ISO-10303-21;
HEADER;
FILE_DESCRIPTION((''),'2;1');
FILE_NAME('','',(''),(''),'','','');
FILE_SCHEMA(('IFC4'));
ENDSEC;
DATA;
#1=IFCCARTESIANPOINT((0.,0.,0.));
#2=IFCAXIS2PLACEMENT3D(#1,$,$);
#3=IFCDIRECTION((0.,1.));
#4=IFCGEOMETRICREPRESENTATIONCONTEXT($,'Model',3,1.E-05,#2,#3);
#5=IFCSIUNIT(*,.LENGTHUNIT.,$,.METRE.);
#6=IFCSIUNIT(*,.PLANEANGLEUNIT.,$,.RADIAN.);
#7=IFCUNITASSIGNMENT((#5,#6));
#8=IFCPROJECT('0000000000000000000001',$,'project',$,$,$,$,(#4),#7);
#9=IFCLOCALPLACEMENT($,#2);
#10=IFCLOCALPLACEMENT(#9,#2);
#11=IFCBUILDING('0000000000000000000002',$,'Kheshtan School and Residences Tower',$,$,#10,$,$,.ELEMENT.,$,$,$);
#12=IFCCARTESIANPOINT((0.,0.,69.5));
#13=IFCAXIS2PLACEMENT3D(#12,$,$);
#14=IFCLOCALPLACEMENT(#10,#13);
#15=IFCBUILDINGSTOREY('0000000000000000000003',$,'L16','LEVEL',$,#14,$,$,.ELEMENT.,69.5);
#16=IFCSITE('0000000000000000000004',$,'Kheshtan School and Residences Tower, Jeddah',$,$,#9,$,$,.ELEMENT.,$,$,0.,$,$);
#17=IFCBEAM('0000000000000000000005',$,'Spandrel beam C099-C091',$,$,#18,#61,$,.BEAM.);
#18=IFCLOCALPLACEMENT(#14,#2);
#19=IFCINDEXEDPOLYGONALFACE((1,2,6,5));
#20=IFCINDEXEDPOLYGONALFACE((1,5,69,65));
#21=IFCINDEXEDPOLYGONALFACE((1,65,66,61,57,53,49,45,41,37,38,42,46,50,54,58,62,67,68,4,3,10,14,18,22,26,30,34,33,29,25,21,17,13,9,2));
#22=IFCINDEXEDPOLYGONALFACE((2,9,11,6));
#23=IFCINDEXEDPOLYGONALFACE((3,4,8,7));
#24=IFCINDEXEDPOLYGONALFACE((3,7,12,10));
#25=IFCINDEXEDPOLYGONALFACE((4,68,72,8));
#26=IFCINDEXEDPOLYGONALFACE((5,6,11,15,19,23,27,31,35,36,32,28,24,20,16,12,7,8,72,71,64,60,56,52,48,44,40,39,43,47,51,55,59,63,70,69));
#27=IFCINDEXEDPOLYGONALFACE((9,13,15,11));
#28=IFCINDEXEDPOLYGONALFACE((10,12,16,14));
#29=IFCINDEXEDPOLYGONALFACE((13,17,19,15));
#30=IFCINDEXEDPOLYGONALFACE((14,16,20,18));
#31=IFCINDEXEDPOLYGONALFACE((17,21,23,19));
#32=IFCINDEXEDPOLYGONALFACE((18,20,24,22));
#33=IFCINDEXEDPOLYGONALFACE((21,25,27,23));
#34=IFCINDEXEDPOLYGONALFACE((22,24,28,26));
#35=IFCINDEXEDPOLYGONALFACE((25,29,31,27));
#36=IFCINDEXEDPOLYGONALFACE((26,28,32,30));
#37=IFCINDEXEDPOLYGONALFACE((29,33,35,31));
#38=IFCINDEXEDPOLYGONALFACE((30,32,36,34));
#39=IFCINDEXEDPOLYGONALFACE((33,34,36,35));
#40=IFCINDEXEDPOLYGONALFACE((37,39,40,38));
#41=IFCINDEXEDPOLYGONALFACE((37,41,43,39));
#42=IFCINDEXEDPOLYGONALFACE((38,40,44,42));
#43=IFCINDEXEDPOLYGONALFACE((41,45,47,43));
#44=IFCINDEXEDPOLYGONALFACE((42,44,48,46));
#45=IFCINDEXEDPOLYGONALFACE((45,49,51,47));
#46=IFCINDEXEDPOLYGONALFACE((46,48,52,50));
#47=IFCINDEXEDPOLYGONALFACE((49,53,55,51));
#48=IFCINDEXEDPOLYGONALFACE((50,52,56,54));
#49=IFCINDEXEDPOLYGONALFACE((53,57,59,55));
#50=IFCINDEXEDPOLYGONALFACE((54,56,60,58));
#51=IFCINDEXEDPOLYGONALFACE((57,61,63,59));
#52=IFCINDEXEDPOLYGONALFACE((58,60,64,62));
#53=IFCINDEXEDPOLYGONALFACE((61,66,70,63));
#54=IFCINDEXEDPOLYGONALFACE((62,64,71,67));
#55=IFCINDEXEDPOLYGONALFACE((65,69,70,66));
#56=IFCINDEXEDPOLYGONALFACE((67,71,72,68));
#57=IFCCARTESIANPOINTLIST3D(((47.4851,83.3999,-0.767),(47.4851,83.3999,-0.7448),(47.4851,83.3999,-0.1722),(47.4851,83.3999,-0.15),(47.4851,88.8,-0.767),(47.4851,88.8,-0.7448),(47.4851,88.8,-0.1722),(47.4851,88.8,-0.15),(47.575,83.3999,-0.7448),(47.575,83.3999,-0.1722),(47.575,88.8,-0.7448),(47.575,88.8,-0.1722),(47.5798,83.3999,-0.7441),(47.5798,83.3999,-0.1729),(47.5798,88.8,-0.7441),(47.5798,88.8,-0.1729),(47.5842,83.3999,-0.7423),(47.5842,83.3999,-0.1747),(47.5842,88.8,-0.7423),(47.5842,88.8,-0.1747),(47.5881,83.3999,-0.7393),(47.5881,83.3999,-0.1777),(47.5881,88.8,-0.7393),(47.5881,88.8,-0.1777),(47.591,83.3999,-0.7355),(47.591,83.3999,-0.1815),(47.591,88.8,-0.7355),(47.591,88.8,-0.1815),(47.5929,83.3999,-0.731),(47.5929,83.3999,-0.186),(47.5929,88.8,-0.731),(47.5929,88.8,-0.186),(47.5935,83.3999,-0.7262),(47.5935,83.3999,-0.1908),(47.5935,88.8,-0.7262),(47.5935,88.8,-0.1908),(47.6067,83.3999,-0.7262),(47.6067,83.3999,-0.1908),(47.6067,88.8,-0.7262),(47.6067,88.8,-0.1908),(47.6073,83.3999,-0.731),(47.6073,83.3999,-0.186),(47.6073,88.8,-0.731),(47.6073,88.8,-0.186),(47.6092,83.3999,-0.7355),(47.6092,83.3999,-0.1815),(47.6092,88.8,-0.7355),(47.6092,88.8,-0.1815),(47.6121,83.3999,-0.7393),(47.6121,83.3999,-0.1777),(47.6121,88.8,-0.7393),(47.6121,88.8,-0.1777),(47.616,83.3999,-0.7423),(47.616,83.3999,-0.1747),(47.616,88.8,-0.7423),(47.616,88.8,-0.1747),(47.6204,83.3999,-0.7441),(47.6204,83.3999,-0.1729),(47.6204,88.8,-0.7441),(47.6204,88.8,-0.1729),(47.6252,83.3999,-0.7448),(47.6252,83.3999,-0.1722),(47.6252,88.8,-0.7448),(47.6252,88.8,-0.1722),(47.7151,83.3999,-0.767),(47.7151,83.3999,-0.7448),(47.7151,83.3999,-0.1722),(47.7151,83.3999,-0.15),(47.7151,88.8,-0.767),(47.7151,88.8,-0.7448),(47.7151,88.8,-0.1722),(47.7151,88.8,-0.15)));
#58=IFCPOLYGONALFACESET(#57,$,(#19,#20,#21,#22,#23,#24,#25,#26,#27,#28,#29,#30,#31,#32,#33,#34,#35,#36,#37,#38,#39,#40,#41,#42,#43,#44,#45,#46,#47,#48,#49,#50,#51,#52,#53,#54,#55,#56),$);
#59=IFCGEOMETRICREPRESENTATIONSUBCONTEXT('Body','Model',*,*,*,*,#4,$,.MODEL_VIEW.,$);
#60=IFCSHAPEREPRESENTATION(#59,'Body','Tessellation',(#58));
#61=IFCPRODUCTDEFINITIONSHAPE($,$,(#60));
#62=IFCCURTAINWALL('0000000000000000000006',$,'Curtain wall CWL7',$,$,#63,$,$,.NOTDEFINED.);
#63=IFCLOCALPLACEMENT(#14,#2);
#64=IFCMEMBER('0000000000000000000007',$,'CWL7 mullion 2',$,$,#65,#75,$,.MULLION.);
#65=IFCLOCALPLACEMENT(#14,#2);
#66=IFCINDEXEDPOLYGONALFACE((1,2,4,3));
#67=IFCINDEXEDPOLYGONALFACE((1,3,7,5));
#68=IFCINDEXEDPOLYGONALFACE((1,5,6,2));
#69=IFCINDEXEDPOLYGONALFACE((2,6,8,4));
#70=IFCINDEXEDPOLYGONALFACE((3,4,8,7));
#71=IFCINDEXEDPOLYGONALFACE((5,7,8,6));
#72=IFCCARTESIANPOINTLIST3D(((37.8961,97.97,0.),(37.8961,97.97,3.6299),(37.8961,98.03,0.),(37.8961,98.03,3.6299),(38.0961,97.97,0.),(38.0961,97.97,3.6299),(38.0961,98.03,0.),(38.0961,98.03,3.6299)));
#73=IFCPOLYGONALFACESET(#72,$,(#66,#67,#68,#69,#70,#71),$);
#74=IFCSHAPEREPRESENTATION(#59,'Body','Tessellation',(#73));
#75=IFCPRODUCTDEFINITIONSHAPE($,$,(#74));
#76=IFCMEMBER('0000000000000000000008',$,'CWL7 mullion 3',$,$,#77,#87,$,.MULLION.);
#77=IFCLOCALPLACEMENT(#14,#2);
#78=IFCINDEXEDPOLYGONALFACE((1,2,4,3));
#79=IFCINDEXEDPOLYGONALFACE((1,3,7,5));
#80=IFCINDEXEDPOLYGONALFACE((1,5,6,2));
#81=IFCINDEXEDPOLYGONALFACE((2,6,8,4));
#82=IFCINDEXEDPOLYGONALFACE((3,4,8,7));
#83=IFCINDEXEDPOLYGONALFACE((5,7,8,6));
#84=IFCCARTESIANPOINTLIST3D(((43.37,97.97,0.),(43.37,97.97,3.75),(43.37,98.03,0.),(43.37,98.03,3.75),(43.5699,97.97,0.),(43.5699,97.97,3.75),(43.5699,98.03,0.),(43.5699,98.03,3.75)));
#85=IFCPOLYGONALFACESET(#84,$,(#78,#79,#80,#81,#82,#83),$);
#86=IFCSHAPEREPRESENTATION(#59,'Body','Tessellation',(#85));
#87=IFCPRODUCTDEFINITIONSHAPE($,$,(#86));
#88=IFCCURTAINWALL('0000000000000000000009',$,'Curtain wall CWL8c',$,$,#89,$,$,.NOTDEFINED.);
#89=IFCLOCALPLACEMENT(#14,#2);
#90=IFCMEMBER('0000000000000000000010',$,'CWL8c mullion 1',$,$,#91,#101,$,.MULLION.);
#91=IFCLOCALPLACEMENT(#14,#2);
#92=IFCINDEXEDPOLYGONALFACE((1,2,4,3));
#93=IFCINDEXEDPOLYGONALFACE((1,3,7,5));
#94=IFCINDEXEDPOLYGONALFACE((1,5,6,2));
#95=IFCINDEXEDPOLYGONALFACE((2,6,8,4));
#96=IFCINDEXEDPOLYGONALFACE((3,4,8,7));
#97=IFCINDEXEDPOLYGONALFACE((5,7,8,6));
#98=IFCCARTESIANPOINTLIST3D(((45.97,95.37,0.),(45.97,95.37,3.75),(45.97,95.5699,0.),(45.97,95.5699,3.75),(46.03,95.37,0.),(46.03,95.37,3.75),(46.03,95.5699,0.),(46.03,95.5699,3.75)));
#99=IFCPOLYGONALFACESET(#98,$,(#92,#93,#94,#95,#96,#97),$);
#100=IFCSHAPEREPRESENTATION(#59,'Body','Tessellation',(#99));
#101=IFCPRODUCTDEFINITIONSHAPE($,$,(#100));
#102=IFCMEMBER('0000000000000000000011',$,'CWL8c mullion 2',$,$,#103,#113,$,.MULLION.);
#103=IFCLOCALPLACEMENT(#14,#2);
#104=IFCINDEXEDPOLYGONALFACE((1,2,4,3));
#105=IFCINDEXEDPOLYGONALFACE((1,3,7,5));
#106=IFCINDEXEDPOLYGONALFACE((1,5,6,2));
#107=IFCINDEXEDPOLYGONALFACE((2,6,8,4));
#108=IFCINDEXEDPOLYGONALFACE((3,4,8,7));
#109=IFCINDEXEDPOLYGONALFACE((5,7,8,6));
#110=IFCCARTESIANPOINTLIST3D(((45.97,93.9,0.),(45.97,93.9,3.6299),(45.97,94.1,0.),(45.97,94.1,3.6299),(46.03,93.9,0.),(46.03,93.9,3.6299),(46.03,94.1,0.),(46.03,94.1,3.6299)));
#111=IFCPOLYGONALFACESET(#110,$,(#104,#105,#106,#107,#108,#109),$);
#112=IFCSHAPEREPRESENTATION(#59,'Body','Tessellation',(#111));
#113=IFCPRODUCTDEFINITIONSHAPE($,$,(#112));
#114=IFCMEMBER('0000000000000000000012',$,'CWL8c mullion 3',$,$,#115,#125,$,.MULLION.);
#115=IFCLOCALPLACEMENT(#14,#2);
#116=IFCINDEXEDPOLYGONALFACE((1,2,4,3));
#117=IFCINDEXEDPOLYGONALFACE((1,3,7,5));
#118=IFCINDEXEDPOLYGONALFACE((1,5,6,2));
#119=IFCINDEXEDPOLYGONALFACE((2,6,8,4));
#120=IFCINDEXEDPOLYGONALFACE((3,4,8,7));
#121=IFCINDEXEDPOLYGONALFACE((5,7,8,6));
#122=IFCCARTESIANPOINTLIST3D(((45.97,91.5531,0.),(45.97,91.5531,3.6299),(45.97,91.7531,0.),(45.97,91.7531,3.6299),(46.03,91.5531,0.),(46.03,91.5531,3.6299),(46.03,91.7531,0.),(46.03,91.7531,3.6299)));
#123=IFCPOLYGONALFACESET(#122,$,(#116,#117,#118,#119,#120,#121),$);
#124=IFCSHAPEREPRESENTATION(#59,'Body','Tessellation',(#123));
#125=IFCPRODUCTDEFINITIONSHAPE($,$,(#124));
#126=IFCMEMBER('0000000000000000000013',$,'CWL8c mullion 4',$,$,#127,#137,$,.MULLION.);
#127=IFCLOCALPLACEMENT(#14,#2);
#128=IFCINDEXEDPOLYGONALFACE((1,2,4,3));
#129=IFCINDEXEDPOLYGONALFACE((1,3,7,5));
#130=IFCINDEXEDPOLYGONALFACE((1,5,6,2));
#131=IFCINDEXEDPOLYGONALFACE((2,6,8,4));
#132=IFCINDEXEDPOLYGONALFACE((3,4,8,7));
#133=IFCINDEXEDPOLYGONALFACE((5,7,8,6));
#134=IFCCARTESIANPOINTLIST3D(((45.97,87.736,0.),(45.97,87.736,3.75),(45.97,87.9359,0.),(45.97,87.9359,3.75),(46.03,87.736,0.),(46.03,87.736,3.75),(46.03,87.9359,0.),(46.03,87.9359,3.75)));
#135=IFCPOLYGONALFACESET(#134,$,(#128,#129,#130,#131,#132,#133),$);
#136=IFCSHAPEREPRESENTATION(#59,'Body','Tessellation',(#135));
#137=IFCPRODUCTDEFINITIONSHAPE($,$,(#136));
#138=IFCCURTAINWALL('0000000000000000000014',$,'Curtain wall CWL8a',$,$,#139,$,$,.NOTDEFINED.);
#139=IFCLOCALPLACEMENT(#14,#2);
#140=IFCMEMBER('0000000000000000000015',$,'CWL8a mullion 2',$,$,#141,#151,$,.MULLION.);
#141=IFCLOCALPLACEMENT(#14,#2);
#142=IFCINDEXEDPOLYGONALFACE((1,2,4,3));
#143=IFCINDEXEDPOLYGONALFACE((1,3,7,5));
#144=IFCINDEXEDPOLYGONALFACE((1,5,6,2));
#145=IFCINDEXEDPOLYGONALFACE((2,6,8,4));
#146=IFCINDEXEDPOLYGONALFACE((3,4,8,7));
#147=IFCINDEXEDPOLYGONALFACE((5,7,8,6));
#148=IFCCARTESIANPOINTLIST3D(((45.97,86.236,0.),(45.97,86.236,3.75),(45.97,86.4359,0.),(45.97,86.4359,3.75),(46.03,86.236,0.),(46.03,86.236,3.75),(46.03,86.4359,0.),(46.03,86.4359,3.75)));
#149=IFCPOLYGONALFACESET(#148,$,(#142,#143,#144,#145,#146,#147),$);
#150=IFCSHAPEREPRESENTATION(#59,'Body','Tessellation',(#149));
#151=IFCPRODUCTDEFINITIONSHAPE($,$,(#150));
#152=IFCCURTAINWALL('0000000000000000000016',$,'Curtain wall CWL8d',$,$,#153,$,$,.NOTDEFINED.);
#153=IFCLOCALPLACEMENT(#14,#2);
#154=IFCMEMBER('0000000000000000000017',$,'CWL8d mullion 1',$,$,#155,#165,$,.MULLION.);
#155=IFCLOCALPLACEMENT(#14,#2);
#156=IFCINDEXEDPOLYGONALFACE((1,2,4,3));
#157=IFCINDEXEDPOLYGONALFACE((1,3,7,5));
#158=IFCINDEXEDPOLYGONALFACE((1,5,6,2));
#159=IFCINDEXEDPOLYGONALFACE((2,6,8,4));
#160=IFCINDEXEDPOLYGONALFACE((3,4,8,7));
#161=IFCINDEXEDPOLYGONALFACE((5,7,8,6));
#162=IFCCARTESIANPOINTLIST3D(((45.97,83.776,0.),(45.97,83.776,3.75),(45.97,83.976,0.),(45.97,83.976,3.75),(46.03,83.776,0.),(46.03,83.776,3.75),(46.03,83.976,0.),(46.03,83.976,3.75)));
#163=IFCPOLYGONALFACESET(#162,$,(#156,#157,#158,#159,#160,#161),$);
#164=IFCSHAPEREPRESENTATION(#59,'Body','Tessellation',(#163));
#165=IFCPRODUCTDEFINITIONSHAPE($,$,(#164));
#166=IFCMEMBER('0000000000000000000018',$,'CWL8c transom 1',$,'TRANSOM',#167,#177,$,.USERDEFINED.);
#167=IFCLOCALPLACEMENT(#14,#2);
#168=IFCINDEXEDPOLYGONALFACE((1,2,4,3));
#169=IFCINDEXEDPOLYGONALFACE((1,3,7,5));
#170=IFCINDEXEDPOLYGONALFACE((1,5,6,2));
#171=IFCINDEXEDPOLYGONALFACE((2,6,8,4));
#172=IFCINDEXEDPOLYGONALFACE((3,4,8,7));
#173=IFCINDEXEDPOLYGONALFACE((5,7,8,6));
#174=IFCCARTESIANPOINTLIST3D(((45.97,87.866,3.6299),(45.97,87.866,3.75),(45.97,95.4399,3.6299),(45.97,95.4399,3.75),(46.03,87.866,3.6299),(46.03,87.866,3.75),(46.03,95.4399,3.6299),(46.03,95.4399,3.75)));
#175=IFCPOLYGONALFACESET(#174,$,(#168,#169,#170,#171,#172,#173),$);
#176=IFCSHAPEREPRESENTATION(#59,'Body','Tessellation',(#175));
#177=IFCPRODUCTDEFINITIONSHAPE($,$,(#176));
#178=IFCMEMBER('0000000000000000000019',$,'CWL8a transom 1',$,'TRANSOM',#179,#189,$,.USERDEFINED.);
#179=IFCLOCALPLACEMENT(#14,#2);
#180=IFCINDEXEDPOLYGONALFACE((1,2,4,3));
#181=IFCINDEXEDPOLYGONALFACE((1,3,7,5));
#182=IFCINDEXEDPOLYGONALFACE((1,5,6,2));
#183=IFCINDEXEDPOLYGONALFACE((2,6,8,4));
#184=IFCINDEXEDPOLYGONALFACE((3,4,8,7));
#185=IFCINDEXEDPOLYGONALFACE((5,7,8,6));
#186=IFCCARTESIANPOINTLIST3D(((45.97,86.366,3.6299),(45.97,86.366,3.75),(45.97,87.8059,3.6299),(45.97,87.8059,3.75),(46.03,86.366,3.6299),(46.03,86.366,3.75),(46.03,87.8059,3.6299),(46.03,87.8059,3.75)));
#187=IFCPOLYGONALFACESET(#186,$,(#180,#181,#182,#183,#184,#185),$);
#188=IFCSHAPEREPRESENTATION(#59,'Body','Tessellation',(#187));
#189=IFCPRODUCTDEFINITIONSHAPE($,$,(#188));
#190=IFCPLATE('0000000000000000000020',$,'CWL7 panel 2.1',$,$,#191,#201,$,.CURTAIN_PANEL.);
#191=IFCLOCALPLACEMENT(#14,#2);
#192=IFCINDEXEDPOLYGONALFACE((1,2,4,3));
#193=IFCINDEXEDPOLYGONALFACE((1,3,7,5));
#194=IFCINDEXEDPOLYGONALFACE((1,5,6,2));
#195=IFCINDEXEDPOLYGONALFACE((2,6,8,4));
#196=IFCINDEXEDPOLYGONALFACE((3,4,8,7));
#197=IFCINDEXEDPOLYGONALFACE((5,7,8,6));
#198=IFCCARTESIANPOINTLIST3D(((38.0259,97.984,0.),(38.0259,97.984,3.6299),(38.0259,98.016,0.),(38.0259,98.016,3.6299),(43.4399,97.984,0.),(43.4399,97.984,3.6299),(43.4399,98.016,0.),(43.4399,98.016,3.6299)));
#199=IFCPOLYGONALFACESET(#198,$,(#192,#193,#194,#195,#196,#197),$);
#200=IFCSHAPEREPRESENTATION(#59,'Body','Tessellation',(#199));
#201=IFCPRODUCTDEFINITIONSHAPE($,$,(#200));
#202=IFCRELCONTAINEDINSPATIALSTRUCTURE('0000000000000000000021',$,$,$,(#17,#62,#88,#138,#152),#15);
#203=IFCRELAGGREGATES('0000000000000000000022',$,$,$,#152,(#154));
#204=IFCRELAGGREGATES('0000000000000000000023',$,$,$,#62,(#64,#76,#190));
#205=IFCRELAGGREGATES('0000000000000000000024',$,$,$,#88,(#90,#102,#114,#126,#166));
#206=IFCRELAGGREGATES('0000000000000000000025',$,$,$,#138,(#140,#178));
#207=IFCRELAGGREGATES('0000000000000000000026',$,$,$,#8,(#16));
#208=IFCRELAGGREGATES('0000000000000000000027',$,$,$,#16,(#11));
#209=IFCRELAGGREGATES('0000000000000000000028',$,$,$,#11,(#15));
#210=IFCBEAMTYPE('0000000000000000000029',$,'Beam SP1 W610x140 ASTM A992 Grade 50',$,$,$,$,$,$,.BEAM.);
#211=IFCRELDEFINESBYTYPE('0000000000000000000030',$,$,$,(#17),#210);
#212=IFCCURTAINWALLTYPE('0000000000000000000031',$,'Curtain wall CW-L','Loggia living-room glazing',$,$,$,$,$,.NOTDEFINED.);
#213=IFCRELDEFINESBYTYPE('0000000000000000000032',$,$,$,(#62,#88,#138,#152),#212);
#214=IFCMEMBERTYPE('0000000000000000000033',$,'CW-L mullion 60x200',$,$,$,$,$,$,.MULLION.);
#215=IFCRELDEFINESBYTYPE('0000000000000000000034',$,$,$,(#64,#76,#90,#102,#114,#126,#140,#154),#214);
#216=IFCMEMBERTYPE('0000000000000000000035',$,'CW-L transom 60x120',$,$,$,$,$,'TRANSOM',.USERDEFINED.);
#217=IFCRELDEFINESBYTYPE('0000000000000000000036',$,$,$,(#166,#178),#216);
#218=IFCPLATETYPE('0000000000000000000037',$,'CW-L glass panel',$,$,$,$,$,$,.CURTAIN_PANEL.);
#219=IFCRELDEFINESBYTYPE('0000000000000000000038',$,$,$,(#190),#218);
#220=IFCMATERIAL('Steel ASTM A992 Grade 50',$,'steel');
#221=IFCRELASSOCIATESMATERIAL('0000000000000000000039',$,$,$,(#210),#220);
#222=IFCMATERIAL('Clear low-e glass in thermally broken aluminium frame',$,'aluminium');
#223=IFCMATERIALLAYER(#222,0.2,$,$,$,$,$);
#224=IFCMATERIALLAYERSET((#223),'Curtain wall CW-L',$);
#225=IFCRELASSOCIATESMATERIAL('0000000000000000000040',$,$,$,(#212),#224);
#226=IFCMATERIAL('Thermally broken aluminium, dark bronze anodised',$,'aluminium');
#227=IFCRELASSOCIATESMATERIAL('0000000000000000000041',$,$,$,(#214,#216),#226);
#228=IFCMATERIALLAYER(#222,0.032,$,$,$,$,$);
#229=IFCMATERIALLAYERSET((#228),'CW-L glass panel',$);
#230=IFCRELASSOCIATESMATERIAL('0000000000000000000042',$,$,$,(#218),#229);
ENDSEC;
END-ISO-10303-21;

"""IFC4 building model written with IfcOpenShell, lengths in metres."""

from ifc_helpers import new_model, si_unit, direction, frame, origin, origin_2d, place, context, subcontext, project, spatial, rectangle, i_section, extrude, material, layer, layer_set, material_profile, profile_set, type_object, element, aggregate, save


model = new_model("IFC4")

# Units and contexts
model_context = context("Model", 3, precision=1e-05, world=origin(), true_north=direction((0.0, 1.0)))
body_context = subcontext(model_context, "Body", "Model", "MODEL_VIEW")
ifc_project = project(units=[si_unit("LENGTHUNIT", "METRE"), si_unit("PLANEANGLEUNIT", "RADIAN")], contexts=[model_context])

# Site, building, storey
site_placement = place(None, origin())
site = spatial("IfcSite", under=ifc_project, at=site_placement, Name="Kheshtan School and Residences Tower, Jeddah", CompositionType="ELEMENT", RefElevation=0.0)
building_placement = place(site_placement, origin())
building = spatial("IfcBuilding", under=site, at=building_placement, Name="Kheshtan School and Residences Tower", CompositionType="ELEMENT")
storey_placement = place(building_placement, frame((0.0, 0.0, 69.5)))
storey = spatial("IfcBuildingStorey", under=building, at=storey_placement, Name="L16", Description="LEVEL", CompositionType="ELEMENT", Elevation=69.5)

# Shared definitions
ifc_material_1 = material(Name="Steel ASTM A992 Grade 50", Category="steel")

# Beam
ifc_material_profile_1 = material_profile(ifc_material_1, i_section(OverallWidth=0.23, OverallDepth=0.6169, WebThickness=0.0132, FlangeThickness=0.0222, FilletRadius=0.0186, at=origin_2d()), Name="W610x140")
ifc_profile_set_1 = profile_set([ifc_material_profile_1], Name="Steel ASTM A992 Grade 50")
beam_type_1 = type_object("IfcBeamType", Name="Beam SP1 W610x140 ASTM A992 Grade 50", PredefinedType="BEAM", material=ifc_profile_set_1)
beam_1_placement = place(storey_placement, frame((47.6001, 88.8, -0.4585), z_axis=(0.0, -1.0, 0.0), x_axis=(1.0, 0.0, 0.0)))
element("IfcBeam", 1, at=beam_1_placement, inside=storey, type_object=beam_type_1, Name="Spandrel beam C099-C091", PredefinedType="BEAM", context=body_context, shape_type="SweptSolid", body=[
    extrude(i_section(OverallWidth=0.23, OverallDepth=0.6169, WebThickness=0.0132, FlangeThickness=0.0222, FilletRadius=0.0186, at=origin_2d()), origin(), (0.0, 0.0, 1.0), 5.4001),
])

# Curtain walls, members
ifc_material_2 = material(Name="Clear low-e glass in thermally broken aluminium frame", Category="aluminium")
ifc_layer_1 = layer(ifc_material_2, 0.2)
ifc_layer_set_1 = layer_set([ifc_layer_1], Name="Curtain wall CW-L")
curtain_wall_type = type_object("IfcCurtainWallType", Name="Curtain wall CW-L", Description="Loggia living-room glazing", PredefinedType="NOTDEFINED", material=ifc_layer_set_1)
curtain_wall_1_placement = place(storey_placement, origin())
curtain_wall_1 = element("IfcCurtainWall", 2, at=curtain_wall_1_placement, inside=storey, type_object=curtain_wall_type, Name="Curtain wall CWL7", PredefinedType="NOTDEFINED")
ifc_material_3 = material(Name="Thermally broken aluminium, dark bronze anodised", Category="aluminium")
ifc_material_profile_2 = material_profile(ifc_material_3, rectangle(XDim=0.0601, YDim=0.2, at=origin_2d()), Name="CW-L mullion 60x200")
ifc_profile_set_2 = profile_set([ifc_material_profile_2], Name="Thermally broken aluminium, dark bronze anodised")
member_type_1 = type_object("IfcMemberType", Name="CW-L mullion 60x200", PredefinedType="MULLION", material=ifc_profile_set_2)
member_1_placement = place(storey_placement, frame((37.9961, 98.0, 0.0), z_axis=(0.0, 0.0, 1.0), x_axis=(0.0, 1.0, 0.0)))
member_1 = element("IfcMember", 3, at=member_1_placement, type_object=member_type_1, Name="CWL7 mullion 2", PredefinedType="MULLION", context=body_context, shape_type="SweptSolid", body=[
    extrude(rectangle(XDim=0.0601, YDim=0.2, at=origin_2d()), origin(), (0.0, 0.0, 1.0), 3.6299),
])
member_2_placement = place(storey_placement, frame((43.47, 98.0, 0.0), z_axis=(0.0, 0.0, 1.0), x_axis=(0.0, 1.0, 0.0)))
member_2 = element("IfcMember", 4, at=member_2_placement, type_object=member_type_1, Name="CWL7 mullion 3", PredefinedType="MULLION", context=body_context, shape_type="SweptSolid", body=[
    extrude(rectangle(XDim=0.0601, YDim=0.2, at=origin_2d()), origin(), (0.0, 0.0, 1.0), 3.75),
])
curtain_wall_2_placement = place(storey_placement, origin())
curtain_wall_2 = element("IfcCurtainWall", 5, at=curtain_wall_2_placement, inside=storey, type_object=curtain_wall_type, Name="Curtain wall CWL8c", PredefinedType="NOTDEFINED")
member_3_placement = place(storey_placement, frame((46.0, 95.47, 0.0), z_axis=(0.0, 0.0, 1.0), x_axis=(1.0, 0.0, 0.0)))
member_3 = element("IfcMember", 6, at=member_3_placement, type_object=member_type_1, Name="CWL8c mullion 1", PredefinedType="MULLION", context=body_context, shape_type="SweptSolid", body=[
    extrude(rectangle(XDim=0.0601, YDim=0.2, at=origin_2d()), origin(), (0.0, 0.0, 1.0), 3.75),
])
member_4_placement = place(storey_placement, frame((46.0, 94.0, 0.0), z_axis=(0.0, 0.0, 1.0), x_axis=(1.0, 0.0, 0.0)))
member_4 = element("IfcMember", 7, at=member_4_placement, type_object=member_type_1, Name="CWL8c mullion 2", PredefinedType="MULLION", context=body_context, shape_type="SweptSolid", body=[
    extrude(rectangle(XDim=0.0601, YDim=0.2, at=origin_2d()), origin(), (0.0, 0.0, 1.0), 3.6299),
])
member_5_placement = place(storey_placement, frame((46.0, 91.6531, 0.0), z_axis=(0.0, 0.0, 1.0), x_axis=(1.0, 0.0, 0.0)))
member_5 = element("IfcMember", 8, at=member_5_placement, type_object=member_type_1, Name="CWL8c mullion 3", PredefinedType="MULLION", context=body_context, shape_type="SweptSolid", body=[
    extrude(rectangle(XDim=0.0601, YDim=0.2, at=origin_2d()), origin(), (0.0, 0.0, 1.0), 3.6299),
])
member_6_placement = place(storey_placement, frame((46.0, 87.8359, 0.0), z_axis=(0.0, 0.0, 1.0), x_axis=(1.0, 0.0, 0.0)))
member_6 = element("IfcMember", 9, at=member_6_placement, type_object=member_type_1, Name="CWL8c mullion 4", PredefinedType="MULLION", context=body_context, shape_type="SweptSolid", body=[
    extrude(rectangle(XDim=0.0601, YDim=0.2, at=origin_2d()), origin(), (0.0, 0.0, 1.0), 3.75),
])

# Curtain walls, members
curtain_wall_3_placement = place(storey_placement, origin())
curtain_wall_3 = element("IfcCurtainWall", 10, at=curtain_wall_3_placement, inside=storey, type_object=curtain_wall_type, Name="Curtain wall CWL8a", PredefinedType="NOTDEFINED")
member_7_placement = place(storey_placement, frame((46.0, 86.3359, 0.0), z_axis=(0.0, 0.0, 1.0), x_axis=(1.0, 0.0, 0.0)))
member_7 = element("IfcMember", 11, at=member_7_placement, type_object=member_type_1, Name="CWL8a mullion 2", PredefinedType="MULLION", context=body_context, shape_type="SweptSolid", body=[
    extrude(rectangle(XDim=0.0601, YDim=0.2, at=origin_2d()), origin(), (0.0, 0.0, 1.0), 3.75),
])
curtain_wall_4_placement = place(storey_placement, origin())
curtain_wall_4 = element("IfcCurtainWall", 12, at=curtain_wall_4_placement, inside=storey, type_object=curtain_wall_type, Name="Curtain wall CWL8d", PredefinedType="NOTDEFINED")
member_8_placement = place(storey_placement, frame((46.0, 83.876, 0.0), z_axis=(0.0, 0.0, 1.0), x_axis=(1.0, 0.0, 0.0)))
member_8 = element("IfcMember", 13, at=member_8_placement, type_object=member_type_1, Name="CWL8d mullion 1", PredefinedType="MULLION", context=body_context, shape_type="SweptSolid", body=[
    extrude(rectangle(XDim=0.0601, YDim=0.2, at=origin_2d()), origin(), (0.0, 0.0, 1.0), 3.75),
])
aggregate(curtain_wall_4, [member_8])

# Members
ifc_material_profile_3 = material_profile(ifc_material_3, rectangle(XDim=0.0601, YDim=0.1201, at=origin_2d()), Name="CW-L transom 60x120")
ifc_profile_set_3 = profile_set([ifc_material_profile_3], Name="Thermally broken aluminium, dark bronze anodised")
member_type_2 = type_object("IfcMemberType", Name="CW-L transom 60x120", ElementType="TRANSOM", PredefinedType="USERDEFINED", material=ifc_profile_set_3)
member_9_placement = place(storey_placement, frame((46.0, 95.4399, 3.6899), z_axis=(0.0, -1.0, 0.0), x_axis=(1.0, 0.0, 0.0)))
member_9 = element("IfcMember", 14, at=member_9_placement, type_object=member_type_2, Name="CWL8c transom 1", ObjectType="TRANSOM", PredefinedType="USERDEFINED", context=body_context, shape_type="SweptSolid", body=[
    extrude(rectangle(XDim=0.0601, YDim=0.1201, at=origin_2d()), origin(), (0.0, 0.0, 1.0), 7.574),
])
member_10_placement = place(storey_placement, frame((46.0, 87.8059, 3.6899), z_axis=(0.0, -1.0, 0.0), x_axis=(1.0, 0.0, 0.0)))
member_10 = element("IfcMember", 15, at=member_10_placement, type_object=member_type_2, Name="CWL8a transom 1", ObjectType="TRANSOM", PredefinedType="USERDEFINED", context=body_context, shape_type="SweptSolid", body=[
    extrude(rectangle(XDim=0.0601, YDim=0.1201, at=origin_2d()), origin(), (0.0, 0.0, 1.0), 1.4399),
])

# Plate
ifc_layer_2 = layer(ifc_material_2, 0.032)
ifc_layer_set_2 = layer_set([ifc_layer_2], Name="CW-L glass panel")
plate_type = type_object("IfcPlateType", Name="CW-L glass panel", PredefinedType="CURTAIN_PANEL", material=ifc_layer_set_2)
plate_1_placement = place(storey_placement, frame((40.7329, 98.0, 0.0), z_axis=(0.0, 0.0, 1.0), x_axis=(1.0, 0.0, 0.0)))
plate_1 = element("IfcPlate", 16, at=plate_1_placement, type_object=plate_type, Name="CWL7 panel 2.1", PredefinedType="CURTAIN_PANEL", context=body_context, shape_type="SweptSolid", body=[
    extrude(rectangle(XDim=5.4141, YDim=0.032, at=origin_2d()), origin(), (0.0, 0.0, 1.0), 3.6299),
])
aggregate(curtain_wall_1, [member_1, member_2, plate_1])
aggregate(curtain_wall_2, [member_3, member_4, member_5, member_6, member_9])
aggregate(curtain_wall_3, [member_7, member_10])

save(model, "model.ifc")
